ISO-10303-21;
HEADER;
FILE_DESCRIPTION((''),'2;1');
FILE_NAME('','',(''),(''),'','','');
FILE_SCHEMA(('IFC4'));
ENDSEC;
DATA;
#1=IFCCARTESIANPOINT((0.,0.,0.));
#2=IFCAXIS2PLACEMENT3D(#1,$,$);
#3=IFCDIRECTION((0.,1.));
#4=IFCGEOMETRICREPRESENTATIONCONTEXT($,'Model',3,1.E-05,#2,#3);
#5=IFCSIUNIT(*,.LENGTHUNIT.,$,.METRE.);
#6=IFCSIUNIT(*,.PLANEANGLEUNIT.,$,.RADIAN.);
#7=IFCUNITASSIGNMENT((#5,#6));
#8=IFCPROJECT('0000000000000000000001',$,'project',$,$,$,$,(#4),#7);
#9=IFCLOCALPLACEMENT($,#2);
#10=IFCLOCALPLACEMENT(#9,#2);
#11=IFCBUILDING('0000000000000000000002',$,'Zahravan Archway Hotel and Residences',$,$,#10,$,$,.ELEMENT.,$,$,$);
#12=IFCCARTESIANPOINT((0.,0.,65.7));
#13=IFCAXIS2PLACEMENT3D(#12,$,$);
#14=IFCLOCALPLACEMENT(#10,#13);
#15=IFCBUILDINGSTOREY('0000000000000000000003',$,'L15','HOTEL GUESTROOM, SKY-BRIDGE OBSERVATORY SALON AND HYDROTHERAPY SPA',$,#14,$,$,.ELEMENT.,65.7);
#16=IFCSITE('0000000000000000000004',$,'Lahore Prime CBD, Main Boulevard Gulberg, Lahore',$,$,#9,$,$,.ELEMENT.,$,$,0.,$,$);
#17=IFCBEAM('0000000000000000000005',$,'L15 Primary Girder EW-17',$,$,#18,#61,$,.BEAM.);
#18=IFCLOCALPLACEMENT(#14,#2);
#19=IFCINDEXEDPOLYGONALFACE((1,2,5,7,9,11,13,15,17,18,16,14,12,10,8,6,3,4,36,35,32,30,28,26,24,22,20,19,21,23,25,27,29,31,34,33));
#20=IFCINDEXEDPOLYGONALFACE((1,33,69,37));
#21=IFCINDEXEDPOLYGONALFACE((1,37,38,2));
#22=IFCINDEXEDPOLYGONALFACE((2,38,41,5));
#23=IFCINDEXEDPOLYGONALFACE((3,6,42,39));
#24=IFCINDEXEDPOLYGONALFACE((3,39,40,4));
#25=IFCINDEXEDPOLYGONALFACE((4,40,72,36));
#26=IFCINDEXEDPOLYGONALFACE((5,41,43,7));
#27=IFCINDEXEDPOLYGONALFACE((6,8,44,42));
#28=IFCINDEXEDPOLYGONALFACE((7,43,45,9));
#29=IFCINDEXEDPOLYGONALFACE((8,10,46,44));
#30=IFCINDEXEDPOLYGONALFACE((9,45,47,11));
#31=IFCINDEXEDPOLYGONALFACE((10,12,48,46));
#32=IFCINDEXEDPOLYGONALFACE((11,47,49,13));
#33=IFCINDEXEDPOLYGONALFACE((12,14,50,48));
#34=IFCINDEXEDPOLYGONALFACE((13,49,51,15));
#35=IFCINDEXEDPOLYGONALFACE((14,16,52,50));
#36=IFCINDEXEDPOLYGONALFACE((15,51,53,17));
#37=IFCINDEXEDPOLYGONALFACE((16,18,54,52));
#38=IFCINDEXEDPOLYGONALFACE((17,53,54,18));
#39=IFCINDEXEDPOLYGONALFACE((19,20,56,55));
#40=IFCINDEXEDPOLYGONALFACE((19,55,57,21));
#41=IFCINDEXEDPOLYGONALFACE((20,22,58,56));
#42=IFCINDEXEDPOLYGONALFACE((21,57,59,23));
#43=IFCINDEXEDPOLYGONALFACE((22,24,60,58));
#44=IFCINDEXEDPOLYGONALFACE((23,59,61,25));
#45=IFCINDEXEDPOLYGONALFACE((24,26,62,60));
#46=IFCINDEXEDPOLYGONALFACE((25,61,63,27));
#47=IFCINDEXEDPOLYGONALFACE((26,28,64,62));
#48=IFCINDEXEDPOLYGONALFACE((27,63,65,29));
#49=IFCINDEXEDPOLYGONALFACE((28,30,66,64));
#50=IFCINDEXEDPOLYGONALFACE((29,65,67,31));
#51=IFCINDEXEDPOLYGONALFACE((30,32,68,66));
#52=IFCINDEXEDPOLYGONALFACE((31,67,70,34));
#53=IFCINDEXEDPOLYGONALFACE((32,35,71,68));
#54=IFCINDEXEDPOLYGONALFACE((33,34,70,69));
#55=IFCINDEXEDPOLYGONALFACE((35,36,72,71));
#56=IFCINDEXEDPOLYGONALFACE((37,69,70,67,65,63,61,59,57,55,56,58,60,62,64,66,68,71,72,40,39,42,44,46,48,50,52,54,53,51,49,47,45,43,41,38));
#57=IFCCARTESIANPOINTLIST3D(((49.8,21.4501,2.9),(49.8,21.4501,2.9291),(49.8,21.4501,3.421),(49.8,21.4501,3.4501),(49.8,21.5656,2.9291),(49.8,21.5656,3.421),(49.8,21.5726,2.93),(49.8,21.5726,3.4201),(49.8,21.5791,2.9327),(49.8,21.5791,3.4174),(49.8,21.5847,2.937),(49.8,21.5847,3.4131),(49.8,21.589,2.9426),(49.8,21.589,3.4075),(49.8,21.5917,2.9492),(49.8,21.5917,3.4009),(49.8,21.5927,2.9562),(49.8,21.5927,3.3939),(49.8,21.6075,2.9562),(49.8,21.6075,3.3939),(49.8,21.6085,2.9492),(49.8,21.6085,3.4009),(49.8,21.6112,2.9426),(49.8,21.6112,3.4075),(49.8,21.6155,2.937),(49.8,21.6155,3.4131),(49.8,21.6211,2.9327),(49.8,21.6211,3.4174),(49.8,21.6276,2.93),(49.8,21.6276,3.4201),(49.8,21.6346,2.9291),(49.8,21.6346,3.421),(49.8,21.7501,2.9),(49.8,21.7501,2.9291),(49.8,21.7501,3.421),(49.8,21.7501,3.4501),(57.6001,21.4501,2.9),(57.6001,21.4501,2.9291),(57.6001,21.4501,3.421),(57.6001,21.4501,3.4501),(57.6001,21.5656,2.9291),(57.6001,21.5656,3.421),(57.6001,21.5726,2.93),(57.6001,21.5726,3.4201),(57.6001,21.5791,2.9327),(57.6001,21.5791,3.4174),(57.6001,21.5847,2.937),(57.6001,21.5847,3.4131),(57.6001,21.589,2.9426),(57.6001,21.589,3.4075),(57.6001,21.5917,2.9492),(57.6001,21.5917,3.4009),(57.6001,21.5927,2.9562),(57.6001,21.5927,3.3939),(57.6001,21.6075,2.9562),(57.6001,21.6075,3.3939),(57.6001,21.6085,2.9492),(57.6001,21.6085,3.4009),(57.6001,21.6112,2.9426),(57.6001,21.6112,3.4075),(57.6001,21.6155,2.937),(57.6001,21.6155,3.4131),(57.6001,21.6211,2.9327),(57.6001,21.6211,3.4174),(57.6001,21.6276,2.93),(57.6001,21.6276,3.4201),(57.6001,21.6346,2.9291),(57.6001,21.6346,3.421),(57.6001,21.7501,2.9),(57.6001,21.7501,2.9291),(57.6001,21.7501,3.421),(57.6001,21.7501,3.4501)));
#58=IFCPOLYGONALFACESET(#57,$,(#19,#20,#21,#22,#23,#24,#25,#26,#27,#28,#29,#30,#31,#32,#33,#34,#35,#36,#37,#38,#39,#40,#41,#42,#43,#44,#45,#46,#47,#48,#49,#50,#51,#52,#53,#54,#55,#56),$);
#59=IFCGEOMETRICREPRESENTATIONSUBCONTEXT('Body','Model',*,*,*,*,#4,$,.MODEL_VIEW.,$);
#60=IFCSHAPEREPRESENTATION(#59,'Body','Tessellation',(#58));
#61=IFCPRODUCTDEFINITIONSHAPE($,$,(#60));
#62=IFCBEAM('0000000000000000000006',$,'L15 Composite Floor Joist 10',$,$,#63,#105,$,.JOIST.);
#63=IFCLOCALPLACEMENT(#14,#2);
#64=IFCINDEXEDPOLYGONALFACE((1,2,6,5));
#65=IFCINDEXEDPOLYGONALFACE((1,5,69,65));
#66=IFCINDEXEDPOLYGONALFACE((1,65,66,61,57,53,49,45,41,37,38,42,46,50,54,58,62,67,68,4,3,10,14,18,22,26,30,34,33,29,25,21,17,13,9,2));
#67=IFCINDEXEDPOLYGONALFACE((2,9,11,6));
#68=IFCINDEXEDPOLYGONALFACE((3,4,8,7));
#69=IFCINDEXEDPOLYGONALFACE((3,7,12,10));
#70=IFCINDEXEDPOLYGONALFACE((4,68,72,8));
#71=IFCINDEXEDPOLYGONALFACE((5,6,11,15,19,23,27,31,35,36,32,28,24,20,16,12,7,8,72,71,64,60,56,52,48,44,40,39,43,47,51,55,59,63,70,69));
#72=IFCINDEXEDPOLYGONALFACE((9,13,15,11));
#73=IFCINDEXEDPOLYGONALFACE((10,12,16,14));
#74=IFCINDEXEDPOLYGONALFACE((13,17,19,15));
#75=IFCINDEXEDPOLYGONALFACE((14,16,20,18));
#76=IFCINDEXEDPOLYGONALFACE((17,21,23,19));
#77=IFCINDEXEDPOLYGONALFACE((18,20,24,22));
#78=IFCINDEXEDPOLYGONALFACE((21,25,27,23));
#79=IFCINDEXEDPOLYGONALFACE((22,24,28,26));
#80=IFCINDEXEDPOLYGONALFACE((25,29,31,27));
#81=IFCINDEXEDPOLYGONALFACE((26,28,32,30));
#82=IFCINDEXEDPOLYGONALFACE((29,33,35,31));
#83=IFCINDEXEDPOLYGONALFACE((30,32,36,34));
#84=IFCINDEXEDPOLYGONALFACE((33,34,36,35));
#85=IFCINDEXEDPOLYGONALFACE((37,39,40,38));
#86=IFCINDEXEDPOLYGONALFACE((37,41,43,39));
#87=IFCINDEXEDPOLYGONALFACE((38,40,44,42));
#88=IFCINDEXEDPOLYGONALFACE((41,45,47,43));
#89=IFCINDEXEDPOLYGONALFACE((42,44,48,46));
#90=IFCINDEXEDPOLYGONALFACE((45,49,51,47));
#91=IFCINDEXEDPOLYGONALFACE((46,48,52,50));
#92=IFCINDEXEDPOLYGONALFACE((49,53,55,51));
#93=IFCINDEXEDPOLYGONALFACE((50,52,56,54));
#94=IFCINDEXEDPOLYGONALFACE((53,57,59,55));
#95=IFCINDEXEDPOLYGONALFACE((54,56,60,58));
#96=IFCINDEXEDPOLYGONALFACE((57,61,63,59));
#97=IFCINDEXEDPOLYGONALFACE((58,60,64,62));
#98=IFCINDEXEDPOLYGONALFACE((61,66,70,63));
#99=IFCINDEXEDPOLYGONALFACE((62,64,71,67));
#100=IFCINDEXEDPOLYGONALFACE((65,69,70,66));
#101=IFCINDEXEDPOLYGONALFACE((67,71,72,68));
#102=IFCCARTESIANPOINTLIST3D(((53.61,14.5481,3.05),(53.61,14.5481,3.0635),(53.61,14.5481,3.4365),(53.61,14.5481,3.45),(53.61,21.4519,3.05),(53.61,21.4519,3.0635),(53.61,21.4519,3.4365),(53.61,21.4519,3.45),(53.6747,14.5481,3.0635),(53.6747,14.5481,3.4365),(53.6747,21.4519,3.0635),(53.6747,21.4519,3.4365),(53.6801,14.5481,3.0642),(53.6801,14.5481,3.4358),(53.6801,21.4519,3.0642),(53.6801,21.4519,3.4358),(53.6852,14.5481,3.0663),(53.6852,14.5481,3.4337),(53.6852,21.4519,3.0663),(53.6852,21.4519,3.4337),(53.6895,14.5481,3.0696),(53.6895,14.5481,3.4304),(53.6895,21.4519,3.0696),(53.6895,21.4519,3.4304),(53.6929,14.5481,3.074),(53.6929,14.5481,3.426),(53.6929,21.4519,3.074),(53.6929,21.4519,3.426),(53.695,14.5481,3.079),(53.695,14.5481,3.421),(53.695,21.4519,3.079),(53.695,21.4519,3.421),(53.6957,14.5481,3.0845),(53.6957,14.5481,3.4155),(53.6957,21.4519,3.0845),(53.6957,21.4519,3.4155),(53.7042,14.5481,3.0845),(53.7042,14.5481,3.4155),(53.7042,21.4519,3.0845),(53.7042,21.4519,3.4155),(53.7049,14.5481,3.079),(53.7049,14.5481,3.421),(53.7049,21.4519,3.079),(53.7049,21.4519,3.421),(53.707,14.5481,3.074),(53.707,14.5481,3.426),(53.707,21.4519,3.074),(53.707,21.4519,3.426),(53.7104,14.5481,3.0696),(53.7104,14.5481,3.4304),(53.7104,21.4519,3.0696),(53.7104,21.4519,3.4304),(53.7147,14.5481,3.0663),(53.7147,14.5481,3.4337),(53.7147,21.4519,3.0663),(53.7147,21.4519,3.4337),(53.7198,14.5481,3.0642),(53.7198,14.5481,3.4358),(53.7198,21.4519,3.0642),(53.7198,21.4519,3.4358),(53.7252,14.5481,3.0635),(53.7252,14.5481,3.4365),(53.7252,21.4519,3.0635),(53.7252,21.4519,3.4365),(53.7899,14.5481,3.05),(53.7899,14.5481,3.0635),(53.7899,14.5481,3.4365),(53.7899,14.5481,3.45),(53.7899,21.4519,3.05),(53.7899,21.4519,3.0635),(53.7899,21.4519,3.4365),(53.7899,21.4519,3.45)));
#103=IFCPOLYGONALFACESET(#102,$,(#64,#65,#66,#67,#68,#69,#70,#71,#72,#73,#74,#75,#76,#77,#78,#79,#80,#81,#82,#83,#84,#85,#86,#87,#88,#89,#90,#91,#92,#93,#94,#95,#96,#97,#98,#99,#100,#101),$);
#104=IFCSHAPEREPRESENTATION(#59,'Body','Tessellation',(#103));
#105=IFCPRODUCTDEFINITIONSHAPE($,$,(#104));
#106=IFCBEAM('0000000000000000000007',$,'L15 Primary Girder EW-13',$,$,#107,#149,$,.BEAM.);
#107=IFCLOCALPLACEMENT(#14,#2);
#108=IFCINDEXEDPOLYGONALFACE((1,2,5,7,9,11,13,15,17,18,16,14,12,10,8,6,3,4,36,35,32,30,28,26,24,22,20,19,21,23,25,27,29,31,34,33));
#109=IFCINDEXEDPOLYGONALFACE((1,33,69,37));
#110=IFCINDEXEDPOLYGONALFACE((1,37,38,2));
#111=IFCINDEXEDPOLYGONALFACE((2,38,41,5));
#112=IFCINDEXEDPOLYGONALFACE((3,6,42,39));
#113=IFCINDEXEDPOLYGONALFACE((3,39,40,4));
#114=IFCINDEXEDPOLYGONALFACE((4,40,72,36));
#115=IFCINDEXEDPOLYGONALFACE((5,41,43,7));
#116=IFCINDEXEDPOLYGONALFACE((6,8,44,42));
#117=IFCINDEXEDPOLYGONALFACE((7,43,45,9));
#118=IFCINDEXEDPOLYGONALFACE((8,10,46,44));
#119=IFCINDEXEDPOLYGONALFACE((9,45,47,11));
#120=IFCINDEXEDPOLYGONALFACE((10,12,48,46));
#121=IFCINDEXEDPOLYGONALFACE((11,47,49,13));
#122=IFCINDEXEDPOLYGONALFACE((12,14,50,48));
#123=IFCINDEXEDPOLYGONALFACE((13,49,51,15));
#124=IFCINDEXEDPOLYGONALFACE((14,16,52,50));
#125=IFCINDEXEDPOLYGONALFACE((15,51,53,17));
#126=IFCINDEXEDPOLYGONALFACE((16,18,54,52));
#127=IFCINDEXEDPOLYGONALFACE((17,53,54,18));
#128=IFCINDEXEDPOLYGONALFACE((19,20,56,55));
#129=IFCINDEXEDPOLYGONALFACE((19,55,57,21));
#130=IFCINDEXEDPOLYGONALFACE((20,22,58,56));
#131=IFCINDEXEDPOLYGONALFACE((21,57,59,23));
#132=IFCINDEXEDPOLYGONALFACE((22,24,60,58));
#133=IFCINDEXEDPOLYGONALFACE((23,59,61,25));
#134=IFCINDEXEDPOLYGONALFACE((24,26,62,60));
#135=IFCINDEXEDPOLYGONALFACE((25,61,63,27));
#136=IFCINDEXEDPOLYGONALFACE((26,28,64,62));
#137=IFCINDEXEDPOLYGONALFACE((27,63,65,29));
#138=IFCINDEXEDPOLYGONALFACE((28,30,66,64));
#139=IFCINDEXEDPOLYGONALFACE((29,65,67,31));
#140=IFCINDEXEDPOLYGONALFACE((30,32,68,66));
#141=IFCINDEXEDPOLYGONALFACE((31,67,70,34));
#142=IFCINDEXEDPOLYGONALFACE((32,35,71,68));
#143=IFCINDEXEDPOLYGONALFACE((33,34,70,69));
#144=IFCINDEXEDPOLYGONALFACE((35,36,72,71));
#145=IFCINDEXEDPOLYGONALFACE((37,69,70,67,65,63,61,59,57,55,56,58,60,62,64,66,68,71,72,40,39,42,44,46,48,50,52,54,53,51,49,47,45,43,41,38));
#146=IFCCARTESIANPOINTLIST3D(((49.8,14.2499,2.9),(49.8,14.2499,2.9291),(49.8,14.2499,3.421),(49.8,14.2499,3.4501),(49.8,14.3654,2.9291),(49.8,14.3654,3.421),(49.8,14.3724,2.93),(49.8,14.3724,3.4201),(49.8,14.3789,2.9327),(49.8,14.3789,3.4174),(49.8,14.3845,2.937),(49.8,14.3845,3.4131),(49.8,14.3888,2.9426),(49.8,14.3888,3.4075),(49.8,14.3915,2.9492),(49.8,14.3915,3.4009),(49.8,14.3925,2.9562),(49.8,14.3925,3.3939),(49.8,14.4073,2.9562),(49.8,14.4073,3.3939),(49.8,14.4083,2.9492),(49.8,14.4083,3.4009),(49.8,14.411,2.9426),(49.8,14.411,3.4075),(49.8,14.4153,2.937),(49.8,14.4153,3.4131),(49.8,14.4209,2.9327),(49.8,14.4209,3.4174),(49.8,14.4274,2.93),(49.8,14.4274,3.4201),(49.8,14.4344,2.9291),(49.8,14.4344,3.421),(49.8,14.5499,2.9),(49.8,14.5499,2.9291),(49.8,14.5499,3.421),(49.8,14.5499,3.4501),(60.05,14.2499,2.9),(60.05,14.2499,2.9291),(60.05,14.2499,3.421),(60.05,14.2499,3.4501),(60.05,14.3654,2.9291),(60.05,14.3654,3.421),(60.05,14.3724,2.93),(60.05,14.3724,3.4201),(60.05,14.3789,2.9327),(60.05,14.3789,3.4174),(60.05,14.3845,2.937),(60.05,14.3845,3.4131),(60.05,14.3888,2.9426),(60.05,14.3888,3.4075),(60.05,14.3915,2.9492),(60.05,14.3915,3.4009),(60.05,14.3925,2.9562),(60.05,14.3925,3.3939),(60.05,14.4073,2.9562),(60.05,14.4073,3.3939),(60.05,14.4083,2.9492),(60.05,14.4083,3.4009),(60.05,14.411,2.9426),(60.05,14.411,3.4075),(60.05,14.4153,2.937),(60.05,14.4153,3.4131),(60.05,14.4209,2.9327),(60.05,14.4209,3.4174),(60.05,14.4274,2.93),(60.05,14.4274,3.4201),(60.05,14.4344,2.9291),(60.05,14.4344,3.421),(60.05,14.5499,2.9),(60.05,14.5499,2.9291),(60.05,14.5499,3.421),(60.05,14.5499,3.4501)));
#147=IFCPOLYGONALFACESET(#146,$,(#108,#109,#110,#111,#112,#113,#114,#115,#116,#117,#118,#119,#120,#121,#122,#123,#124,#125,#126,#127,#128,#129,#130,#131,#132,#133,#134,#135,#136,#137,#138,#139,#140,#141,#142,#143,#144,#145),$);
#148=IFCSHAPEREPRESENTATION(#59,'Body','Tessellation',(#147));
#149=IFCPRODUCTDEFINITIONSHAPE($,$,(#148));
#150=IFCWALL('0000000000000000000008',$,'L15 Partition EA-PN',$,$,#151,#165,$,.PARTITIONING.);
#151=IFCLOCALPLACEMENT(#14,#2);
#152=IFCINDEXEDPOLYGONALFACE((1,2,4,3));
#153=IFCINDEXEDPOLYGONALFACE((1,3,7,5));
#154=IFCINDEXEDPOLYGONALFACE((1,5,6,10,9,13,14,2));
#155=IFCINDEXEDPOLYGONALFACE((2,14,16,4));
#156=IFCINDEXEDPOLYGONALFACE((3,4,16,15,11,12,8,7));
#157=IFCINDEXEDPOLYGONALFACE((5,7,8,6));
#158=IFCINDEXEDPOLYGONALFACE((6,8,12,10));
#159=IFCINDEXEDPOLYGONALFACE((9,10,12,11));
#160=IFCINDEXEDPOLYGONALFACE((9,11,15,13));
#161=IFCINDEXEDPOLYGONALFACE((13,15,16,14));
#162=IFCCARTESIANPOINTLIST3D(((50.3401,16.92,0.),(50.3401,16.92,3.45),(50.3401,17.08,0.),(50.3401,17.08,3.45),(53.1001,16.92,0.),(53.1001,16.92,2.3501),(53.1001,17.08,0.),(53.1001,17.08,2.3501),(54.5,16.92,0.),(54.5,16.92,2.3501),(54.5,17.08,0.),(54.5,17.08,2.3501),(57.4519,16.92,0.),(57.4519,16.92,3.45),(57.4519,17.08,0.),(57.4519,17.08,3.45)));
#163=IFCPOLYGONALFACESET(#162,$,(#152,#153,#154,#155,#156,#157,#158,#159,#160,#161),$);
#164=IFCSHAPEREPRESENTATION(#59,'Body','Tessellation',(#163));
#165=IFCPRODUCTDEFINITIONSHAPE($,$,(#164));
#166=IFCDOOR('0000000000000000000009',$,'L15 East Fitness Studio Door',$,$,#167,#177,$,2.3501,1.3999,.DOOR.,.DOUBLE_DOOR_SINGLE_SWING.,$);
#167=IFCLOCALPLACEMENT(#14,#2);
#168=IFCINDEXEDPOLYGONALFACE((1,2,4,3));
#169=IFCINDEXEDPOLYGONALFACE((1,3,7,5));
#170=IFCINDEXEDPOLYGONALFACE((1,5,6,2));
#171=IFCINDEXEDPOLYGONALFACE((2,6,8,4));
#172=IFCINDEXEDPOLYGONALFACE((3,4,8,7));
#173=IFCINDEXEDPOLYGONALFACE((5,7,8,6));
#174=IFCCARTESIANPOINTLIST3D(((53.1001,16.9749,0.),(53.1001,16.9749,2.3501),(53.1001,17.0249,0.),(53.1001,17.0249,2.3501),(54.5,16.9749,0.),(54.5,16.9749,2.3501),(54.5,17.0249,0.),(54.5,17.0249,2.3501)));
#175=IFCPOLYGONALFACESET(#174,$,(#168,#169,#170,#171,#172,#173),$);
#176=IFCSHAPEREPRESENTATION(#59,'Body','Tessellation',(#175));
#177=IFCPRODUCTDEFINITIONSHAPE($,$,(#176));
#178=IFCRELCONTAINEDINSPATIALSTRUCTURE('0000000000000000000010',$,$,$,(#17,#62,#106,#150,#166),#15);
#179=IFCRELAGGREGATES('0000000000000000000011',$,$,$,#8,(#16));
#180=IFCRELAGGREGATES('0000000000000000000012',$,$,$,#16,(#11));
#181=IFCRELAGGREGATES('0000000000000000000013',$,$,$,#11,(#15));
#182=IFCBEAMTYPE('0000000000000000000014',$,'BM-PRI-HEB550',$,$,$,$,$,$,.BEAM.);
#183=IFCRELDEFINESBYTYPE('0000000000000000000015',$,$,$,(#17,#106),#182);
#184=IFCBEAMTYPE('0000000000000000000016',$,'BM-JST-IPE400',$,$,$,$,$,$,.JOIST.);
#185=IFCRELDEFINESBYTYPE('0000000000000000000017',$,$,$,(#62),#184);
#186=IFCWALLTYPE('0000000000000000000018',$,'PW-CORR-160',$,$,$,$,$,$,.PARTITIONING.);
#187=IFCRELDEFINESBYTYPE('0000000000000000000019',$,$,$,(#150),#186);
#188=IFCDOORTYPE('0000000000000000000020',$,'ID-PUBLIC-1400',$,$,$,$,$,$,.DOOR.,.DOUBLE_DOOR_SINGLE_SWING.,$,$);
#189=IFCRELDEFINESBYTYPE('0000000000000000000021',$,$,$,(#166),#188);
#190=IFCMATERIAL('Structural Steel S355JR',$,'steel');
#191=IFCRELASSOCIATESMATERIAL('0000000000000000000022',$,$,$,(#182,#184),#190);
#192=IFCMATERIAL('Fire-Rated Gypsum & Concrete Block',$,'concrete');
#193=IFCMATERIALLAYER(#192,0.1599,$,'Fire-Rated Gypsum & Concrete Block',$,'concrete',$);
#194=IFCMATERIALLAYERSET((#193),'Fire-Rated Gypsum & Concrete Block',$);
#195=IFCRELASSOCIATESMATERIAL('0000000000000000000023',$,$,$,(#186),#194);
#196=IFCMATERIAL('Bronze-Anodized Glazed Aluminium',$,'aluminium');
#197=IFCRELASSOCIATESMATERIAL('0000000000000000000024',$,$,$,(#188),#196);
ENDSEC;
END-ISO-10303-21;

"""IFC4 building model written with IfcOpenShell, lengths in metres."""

from ifc_helpers import new_model, si_unit, direction, frame, frame_2d, origin, origin_2d, place, context, subcontext, project, spatial, rectangle, i_section, extrude, source, transform, mapped, material, layer, layer_set, material_profile, profile_set, type_object, type_shapes, element, fill, save


model = new_model("IFC4")

# Units and contexts
model_context = context("Model", 3, precision=1e-05, world=origin(), true_north=direction((0.0, 1.0)))
body_context = subcontext(model_context, "Body", "Model", "MODEL_VIEW")
ifc_project = project(units=[si_unit("LENGTHUNIT", "METRE"), si_unit("PLANEANGLEUNIT", "RADIAN")], contexts=[model_context])

# Site, building, storey
site_placement = place(None, origin())
site = spatial("IfcSite", under=ifc_project, at=site_placement, Name="Lahore Prime CBD, Main Boulevard Gulberg, Lahore", CompositionType="ELEMENT", RefElevation=0.0)
building_placement = place(site_placement, origin())
building = spatial("IfcBuilding", under=site, at=building_placement, Name="Zahravan Archway Hotel and Residences", CompositionType="ELEMENT")
storey_placement = place(building_placement, frame((0.0, 0.0, 65.7)))
storey = spatial("IfcBuildingStorey", under=building, at=storey_placement, Name="L15", Description="HOTEL GUESTROOM, SKY-BRIDGE OBSERVATORY SALON AND HYDROTHERAPY SPA", CompositionType="ELEMENT", Elevation=65.7)

# Beams
ifc_material_1 = material(Name="Structural Steel S355JR", Category="steel")
ifc_material_profile_1 = material_profile(ifc_material_1, i_section(OverallWidth=0.3, OverallDepth=0.55, WebThickness=0.0149, FlangeThickness=0.0291, FilletRadius=0.0271, at=origin_2d()), Name="HEB 550", Category="steel")
ifc_profile_set_1 = profile_set([ifc_material_profile_1], Name="Structural Steel S355JR")
beam_type_1 = type_object("IfcBeamType", Name="BM-PRI-HEB550", PredefinedType="BEAM", material=ifc_profile_set_1)
shared_shape_1 = source(origin(), body_context, "Body", "SweptSolid", [
    extrude(i_section(OverallWidth=0.3, OverallDepth=0.55, WebThickness=0.0149, FlangeThickness=0.0291, FilletRadius=0.0271, at=origin_2d()), origin(), (0.0, 0.0, 1.0), 7.8),
])
for number, where, z_axis, x_axis, name in (
    (1, (49.8, 21.6001, 3.175), (1.0, 0.0, 0.0), (0.0, 1.0, 0.0), "L15 Primary Girder EW-17"),
):
    element("IfcBeam", number, at=place(storey_placement, frame(where, z_axis=z_axis, x_axis=x_axis)), inside=storey, type_object=beam_type_1, Name=name, PredefinedType="BEAM", context=body_context, shape_type="MappedRepresentation", body=[
        mapped(shared_shape_1, transform((0.0, 0.0, 0.0), scale=1.0)),
    ])
ifc_material_profile_2 = material_profile(ifc_material_1, i_section(OverallWidth=0.1799, OverallDepth=0.3999, WebThickness=0.0085, FlangeThickness=0.0134, FilletRadius=0.021, at=origin_2d()), Name="IPE 400", Category="steel")
ifc_profile_set_2 = profile_set([ifc_material_profile_2], Name="Structural Steel S355JR")
beam_type_2 = type_object("IfcBeamType", Name="BM-JST-IPE400", PredefinedType="JOIST", material=ifc_profile_set_2)
shared_shape_2 = source(origin(), body_context, "Body", "SweptSolid", [
    extrude(i_section(OverallWidth=0.1799, OverallDepth=0.3999, WebThickness=0.0085, FlangeThickness=0.0134, FilletRadius=0.021, at=origin_2d()), origin(), (0.0, 0.0, 1.0), 6.9038),
])
beam_1_placement = place(storey_placement, frame((53.7, 14.5481, 3.25), z_axis=(0.0, 1.0, 0.0), x_axis=(-1.0, 0.0, 0.0)))
element("IfcBeam", 2, at=beam_1_placement, inside=storey, type_object=beam_type_2, Name="L15 Composite Floor Joist 10", PredefinedType="JOIST", context=body_context, shape_type="MappedRepresentation", body=[
    mapped(shared_shape_2, transform((0.0, 0.0, 0.0), scale=1.0)),
])
shared_shape_3 = source(origin(), body_context, "Body", "SweptSolid", [
    extrude(i_section(OverallWidth=0.3, OverallDepth=0.55, WebThickness=0.0149, FlangeThickness=0.0291, FilletRadius=0.0271, at=origin_2d()), origin(), (0.0, 0.0, 1.0), 10.25),
])
beam_2_placement = place(storey_placement, frame((49.8, 14.3999, 3.175), z_axis=(1.0, 0.0, 0.0), x_axis=(0.0, 1.0, 0.0)))
element("IfcBeam", 3, at=beam_2_placement, inside=storey, type_object=beam_type_1, Name="L15 Primary Girder EW-13", PredefinedType="BEAM", context=body_context, shape_type="MappedRepresentation", body=[
    mapped(shared_shape_3, transform((0.0, 0.0, 0.0), scale=1.0)),
])

# Wall, opening, door
ifc_material_2 = material(Name="Fire-Rated Gypsum & Concrete Block", Category="concrete")
ifc_layer_1 = layer(ifc_material_2, 0.1599, Name="Fire-Rated Gypsum & Concrete Block", Category="concrete")
ifc_layer_set_1 = layer_set([ifc_layer_1], Name="Fire-Rated Gypsum & Concrete Block")
wall_type_1 = type_object("IfcWallType", Name="PW-CORR-160", PredefinedType="PARTITIONING", material=ifc_layer_set_1)
wall_1_placement = place(storey_placement, frame((50.3401, 17.0, 0.0), z_axis=(0.0, 0.0, 1.0), x_axis=(1.0, 0.0, 0.0)))
wall_1 = element("IfcWall", 4, at=wall_1_placement, inside=storey, type_object=wall_type_1, Name="L15 Partition EA-PN", PredefinedType="PARTITIONING", context=body_context, shape_type="SweptSolid", body=[
    extrude(rectangle(XDim=7.1118, YDim=0.1599, at=frame_2d((3.5559, 0.0))), origin(), (0.0, 0.0, 1.0), 3.45),
])
opening_1_placement = place(wall_1_placement, frame((2.76, 0.0, 0.0)))
opening_1 = element("IfcOpeningElement", 5, at=opening_1_placement, cuts=wall_1, PredefinedType="OPENING", context=body_context, shape_type="SweptSolid", body=[
    extrude(rectangle(XDim=1.3999, YDim=2.3501, at=frame_2d((0.7, 1.175))), frame((0.0, 0.0898, 0.0), z_axis=(0.0, -1.0, 0.0), x_axis=(1.0, 0.0, 0.0)), (0.0, 0.0, 1.0), 0.1799),
])
ifc_material_3 = material(Name="Bronze-Anodized Glazed Aluminium", Category="aluminium")
door_type_1 = type_object("IfcDoorType", Name="ID-PUBLIC-1400", OperationType="DOUBLE_DOOR_SINGLE_SWING", PredefinedType="DOOR", material=ifc_material_3)
shared_shape_4 = source(origin(), body_context, "Body", "SweptSolid", [
    extrude(rectangle(XDim=1.3999, YDim=2.3501, at=frame_2d((0.7, 1.175))), frame((0.0, 0.0249, 0.0), z_axis=(0.0, -1.0, 0.0), x_axis=(1.0, 0.0, 0.0)), (0.0, 0.0, 1.0), 0.05),
])
type_shapes(door_type_1, [shared_shape_4])
door_1_placement = place(opening_1_placement, origin())
door_1 = element("IfcDoor", 6, at=door_1_placement, inside=storey, type_object=door_type_1, Name="L15 East Fitness Studio Door", OperationType="DOUBLE_DOOR_SINGLE_SWING", OverallHeight=2.3501, OverallWidth=1.3999, PredefinedType="DOOR", context=body_context, shape_type="MappedRepresentation", body=[
    mapped(shared_shape_4, transform((0.0, 0.0, 0.0), scale=1.0)),
])
fill(opening_1, door_1)

save(model, "model.ifc")
